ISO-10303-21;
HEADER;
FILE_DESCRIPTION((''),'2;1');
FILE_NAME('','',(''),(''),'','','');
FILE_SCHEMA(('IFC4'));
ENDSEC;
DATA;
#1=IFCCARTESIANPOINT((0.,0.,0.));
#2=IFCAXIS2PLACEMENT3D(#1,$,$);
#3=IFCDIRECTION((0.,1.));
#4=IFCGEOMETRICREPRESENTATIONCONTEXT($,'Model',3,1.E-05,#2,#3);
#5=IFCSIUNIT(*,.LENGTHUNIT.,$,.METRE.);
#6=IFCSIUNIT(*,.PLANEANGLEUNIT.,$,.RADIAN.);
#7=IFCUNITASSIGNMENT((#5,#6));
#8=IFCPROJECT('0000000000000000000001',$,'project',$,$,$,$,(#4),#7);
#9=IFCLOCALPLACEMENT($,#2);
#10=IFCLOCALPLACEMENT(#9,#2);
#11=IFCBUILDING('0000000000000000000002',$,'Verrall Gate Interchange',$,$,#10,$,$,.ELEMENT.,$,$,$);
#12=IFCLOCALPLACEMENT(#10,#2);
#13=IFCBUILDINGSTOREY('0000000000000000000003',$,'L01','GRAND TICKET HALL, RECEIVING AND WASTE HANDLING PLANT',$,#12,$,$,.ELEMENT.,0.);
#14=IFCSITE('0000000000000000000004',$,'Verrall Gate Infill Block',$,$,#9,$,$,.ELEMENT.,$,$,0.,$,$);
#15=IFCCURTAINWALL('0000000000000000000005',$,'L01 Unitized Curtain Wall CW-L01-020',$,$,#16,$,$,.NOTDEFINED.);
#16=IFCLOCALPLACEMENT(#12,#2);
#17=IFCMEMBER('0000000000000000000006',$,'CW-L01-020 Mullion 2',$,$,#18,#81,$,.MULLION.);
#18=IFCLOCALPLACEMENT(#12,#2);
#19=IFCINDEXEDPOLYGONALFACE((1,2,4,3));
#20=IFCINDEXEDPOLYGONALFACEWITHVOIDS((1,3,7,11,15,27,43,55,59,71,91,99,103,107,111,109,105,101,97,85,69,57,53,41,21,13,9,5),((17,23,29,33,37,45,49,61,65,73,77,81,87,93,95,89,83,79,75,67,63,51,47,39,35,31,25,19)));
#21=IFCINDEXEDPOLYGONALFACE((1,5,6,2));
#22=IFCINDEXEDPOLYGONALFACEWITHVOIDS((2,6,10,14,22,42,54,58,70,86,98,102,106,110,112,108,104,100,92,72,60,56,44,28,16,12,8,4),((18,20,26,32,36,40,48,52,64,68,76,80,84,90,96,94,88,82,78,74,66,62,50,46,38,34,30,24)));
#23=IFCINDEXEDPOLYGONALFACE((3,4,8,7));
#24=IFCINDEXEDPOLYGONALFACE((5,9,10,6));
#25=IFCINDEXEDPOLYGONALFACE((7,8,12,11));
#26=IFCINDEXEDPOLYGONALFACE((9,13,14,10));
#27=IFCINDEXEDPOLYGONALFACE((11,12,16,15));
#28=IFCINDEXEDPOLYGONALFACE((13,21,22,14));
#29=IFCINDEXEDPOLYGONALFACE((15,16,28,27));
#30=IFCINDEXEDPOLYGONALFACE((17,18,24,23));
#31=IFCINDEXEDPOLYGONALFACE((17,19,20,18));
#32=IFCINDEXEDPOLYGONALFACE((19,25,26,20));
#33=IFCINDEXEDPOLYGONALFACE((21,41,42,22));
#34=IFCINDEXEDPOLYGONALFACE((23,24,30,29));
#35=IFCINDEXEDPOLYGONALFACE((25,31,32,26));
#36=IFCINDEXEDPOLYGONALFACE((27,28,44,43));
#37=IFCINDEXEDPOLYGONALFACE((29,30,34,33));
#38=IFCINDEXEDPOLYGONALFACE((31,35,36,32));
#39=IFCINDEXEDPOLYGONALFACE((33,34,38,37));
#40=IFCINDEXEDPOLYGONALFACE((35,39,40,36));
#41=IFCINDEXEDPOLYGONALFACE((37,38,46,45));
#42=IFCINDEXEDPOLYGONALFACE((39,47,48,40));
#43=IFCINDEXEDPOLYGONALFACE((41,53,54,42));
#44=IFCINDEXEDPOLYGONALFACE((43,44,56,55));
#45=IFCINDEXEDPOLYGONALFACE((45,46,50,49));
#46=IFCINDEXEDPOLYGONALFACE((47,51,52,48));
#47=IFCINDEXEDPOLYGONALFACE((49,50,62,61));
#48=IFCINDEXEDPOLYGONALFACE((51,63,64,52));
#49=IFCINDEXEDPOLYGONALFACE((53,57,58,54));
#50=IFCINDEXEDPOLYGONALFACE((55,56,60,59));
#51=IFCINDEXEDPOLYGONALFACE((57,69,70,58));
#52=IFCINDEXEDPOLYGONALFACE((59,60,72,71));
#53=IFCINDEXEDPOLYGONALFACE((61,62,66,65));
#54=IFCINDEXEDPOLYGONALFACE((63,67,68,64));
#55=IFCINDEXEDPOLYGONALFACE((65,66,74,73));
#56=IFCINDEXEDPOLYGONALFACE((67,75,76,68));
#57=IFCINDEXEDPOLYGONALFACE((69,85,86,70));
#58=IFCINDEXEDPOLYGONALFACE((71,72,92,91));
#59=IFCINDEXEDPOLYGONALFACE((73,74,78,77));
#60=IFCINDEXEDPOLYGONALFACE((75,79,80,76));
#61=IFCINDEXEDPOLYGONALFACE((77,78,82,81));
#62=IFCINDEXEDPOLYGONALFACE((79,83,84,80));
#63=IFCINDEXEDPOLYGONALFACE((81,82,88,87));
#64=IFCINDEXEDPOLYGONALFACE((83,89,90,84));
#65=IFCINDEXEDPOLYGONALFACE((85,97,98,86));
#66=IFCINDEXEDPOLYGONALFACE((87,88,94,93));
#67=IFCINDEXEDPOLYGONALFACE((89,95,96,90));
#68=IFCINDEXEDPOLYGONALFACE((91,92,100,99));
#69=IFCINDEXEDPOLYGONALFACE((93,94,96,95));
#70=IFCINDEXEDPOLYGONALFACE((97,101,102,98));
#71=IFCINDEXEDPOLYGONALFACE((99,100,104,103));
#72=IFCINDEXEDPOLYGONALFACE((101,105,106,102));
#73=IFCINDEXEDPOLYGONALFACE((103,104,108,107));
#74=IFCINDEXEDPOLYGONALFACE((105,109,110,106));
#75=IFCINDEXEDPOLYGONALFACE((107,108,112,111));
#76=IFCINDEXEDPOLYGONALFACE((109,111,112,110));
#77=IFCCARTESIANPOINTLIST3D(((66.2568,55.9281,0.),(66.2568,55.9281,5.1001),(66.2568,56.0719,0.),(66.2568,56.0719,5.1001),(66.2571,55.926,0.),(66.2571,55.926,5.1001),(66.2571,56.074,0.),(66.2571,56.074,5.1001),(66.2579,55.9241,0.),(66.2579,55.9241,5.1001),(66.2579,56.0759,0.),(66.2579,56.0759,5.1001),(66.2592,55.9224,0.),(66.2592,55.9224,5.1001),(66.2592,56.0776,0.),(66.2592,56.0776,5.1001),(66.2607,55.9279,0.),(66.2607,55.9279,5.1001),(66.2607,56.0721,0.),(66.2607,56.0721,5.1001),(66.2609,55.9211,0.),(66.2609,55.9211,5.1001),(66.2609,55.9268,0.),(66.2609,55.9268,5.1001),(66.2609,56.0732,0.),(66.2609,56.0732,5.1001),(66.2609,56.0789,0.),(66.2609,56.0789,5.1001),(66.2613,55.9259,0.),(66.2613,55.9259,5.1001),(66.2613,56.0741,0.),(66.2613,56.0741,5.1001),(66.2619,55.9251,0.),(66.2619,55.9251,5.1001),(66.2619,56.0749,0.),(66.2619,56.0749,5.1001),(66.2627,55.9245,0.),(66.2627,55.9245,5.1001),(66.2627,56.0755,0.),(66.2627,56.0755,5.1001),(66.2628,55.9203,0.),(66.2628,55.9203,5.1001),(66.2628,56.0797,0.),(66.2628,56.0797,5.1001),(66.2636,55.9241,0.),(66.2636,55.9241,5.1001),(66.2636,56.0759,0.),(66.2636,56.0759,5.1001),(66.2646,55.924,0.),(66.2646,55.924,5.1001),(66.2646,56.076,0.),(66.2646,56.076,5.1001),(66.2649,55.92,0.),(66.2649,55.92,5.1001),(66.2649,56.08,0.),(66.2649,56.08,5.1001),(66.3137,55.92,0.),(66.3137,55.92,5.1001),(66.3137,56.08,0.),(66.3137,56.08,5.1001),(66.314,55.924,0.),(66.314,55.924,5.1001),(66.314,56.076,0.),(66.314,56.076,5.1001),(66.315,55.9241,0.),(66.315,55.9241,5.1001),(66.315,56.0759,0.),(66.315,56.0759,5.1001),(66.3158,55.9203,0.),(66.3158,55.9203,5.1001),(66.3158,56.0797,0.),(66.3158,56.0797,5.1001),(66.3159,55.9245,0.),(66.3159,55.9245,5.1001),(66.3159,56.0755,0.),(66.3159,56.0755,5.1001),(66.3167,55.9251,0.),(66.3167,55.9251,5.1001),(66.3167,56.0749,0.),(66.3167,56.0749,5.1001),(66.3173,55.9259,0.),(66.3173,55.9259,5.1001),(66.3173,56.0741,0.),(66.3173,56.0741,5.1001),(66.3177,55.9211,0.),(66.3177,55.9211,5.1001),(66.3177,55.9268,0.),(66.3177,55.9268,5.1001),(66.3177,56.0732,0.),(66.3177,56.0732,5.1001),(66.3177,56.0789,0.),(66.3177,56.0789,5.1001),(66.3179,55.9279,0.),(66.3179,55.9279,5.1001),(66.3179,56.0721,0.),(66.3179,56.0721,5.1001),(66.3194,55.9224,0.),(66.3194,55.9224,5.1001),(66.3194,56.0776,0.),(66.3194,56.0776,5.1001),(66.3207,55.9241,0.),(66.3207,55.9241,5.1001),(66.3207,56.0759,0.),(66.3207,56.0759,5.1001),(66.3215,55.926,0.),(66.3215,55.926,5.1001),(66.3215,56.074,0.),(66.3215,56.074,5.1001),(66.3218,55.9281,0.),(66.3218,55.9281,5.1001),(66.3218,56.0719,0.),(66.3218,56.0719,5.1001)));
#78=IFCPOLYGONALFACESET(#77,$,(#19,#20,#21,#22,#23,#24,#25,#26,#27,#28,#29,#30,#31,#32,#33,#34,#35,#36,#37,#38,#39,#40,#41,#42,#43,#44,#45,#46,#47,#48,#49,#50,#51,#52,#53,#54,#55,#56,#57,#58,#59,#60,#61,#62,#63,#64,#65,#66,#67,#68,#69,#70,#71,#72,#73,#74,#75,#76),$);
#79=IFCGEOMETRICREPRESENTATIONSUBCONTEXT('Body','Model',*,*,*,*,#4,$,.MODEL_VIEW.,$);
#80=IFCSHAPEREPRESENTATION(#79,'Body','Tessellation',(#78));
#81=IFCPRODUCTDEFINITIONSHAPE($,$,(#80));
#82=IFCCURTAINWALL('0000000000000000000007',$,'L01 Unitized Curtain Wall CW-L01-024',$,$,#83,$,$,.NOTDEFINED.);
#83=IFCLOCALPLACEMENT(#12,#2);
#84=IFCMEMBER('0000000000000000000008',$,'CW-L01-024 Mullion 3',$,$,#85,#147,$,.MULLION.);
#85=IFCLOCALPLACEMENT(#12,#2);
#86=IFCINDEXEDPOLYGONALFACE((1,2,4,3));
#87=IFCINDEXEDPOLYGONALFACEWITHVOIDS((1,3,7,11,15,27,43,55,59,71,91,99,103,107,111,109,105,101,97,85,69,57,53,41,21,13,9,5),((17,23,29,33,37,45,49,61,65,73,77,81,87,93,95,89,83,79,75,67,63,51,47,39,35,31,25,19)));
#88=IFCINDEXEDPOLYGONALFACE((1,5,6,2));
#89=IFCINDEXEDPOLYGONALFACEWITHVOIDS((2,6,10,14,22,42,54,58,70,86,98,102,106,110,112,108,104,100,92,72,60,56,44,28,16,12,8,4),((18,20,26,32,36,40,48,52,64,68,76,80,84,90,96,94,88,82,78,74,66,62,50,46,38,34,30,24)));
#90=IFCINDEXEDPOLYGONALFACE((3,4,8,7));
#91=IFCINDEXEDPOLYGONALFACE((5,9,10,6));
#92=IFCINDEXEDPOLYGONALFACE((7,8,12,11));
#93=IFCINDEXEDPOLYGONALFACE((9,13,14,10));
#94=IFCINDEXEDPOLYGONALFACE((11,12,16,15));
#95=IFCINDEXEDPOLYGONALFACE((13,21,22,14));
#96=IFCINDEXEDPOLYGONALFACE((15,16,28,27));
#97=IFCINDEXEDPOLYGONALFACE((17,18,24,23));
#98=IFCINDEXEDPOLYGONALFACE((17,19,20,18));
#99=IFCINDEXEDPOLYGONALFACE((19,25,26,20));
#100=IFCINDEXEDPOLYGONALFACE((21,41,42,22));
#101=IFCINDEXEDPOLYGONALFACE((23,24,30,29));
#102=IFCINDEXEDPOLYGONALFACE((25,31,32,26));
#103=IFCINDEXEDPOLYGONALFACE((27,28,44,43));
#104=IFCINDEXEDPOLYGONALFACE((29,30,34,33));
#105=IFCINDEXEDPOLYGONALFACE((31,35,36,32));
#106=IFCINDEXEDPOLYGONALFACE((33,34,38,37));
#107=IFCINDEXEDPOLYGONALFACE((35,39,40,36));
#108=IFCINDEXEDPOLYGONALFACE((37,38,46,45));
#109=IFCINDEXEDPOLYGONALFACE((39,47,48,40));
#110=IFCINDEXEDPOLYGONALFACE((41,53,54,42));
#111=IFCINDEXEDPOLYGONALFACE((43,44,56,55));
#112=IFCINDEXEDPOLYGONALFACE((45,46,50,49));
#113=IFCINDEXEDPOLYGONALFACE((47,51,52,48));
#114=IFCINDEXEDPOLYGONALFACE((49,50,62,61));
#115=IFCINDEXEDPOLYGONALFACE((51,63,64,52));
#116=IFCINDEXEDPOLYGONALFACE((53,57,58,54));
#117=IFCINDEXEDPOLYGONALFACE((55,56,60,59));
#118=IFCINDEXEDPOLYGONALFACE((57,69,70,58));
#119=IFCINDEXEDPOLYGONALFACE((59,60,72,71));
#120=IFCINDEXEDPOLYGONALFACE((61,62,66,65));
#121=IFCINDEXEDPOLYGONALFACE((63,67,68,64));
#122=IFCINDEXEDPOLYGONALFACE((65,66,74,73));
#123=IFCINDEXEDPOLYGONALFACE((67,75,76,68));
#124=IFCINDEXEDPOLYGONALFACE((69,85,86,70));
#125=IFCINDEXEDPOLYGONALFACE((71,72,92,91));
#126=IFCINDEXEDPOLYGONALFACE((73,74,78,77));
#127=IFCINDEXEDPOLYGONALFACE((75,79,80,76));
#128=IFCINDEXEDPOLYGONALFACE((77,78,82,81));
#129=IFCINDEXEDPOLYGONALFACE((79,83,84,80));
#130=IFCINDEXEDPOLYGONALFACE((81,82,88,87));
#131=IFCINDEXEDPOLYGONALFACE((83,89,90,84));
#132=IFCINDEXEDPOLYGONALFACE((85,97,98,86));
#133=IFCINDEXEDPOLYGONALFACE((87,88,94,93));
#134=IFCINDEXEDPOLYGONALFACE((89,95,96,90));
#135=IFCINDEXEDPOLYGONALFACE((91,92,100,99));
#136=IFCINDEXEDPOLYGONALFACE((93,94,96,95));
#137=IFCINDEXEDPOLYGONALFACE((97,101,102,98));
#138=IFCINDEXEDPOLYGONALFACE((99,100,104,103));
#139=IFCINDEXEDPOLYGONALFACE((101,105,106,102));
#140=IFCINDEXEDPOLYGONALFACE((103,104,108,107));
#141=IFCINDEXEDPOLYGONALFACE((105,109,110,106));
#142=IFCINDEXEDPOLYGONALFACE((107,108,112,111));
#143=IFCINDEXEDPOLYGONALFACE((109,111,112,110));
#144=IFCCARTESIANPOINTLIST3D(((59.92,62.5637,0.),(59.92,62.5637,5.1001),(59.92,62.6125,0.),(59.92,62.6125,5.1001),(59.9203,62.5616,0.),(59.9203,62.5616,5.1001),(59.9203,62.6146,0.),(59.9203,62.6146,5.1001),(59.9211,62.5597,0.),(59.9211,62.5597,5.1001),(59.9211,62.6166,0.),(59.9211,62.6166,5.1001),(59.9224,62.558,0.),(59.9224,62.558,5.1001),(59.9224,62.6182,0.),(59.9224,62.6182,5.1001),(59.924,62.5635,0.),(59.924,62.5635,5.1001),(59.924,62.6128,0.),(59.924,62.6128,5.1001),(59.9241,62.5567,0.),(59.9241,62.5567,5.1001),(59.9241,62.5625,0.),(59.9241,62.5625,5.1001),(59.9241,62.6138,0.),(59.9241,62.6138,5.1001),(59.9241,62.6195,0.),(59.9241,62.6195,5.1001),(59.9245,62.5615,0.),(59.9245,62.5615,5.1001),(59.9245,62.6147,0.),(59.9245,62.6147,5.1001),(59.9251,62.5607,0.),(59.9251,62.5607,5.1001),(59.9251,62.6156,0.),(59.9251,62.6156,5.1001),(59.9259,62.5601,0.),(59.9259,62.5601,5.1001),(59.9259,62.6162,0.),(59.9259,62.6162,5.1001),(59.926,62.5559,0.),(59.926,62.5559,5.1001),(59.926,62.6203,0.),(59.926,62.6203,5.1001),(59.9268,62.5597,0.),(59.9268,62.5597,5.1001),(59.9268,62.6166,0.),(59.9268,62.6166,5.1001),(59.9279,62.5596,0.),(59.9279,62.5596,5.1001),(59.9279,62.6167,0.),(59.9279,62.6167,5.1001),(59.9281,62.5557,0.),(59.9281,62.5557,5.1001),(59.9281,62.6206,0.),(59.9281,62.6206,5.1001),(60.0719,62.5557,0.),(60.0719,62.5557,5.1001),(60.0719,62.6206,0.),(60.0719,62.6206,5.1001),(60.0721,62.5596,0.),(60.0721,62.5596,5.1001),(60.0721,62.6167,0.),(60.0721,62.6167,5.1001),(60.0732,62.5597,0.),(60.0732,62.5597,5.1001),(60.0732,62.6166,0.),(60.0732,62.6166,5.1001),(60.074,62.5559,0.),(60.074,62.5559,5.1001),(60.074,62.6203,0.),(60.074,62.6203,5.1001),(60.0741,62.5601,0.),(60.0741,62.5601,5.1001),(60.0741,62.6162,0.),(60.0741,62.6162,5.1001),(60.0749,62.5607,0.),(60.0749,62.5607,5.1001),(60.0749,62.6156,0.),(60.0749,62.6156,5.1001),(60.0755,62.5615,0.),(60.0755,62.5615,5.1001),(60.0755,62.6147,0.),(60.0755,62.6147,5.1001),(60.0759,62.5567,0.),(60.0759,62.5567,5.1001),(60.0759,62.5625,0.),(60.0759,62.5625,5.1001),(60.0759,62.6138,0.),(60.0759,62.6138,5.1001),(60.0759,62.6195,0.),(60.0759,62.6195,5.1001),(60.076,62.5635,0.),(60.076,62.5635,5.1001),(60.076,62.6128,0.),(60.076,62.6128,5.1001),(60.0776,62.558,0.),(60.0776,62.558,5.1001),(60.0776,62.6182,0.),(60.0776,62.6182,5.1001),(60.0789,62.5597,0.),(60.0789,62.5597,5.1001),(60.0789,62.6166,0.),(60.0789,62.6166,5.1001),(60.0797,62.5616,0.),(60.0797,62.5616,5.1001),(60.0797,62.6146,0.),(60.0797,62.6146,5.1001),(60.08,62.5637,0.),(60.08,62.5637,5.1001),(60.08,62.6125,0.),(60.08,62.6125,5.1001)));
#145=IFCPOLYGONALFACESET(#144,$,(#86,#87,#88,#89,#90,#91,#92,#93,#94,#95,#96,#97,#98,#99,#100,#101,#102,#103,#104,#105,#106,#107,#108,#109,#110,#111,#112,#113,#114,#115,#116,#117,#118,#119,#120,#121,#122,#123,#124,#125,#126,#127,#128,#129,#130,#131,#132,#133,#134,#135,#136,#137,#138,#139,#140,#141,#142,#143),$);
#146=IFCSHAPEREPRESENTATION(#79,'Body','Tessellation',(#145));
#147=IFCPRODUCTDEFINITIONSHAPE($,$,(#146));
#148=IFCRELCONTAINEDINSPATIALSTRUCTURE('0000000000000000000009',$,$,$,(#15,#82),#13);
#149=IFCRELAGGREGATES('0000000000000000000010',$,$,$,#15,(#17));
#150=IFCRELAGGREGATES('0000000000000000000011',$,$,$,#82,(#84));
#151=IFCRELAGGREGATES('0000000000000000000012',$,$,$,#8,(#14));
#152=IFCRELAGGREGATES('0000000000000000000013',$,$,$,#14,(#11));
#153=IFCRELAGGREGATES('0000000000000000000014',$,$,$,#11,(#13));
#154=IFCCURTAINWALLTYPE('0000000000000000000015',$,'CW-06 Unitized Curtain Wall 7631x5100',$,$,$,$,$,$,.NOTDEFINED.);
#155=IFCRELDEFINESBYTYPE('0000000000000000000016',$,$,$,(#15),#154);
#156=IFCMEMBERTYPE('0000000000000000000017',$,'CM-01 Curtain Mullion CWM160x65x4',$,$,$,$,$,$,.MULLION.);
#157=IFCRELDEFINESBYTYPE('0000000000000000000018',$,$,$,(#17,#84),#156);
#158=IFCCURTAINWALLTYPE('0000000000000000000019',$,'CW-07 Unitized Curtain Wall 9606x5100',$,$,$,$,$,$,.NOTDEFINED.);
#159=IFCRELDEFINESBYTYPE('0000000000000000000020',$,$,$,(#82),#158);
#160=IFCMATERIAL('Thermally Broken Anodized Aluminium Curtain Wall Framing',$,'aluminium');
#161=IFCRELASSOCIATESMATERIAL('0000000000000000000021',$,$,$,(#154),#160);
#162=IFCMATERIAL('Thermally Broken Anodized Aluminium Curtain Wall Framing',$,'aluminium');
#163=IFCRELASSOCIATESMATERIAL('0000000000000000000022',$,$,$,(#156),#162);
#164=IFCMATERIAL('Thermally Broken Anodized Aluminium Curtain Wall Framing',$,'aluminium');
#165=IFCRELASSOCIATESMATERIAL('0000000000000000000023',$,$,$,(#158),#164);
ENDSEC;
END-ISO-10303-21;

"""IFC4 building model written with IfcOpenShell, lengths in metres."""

from ifc_helpers import new_model, si_unit, direction, frame, origin, origin_2d, place, context, subcontext, project, spatial, hollow_rectangle, extrude, material, material_profile, profile_set, type_object, element, aggregate, save


model = new_model("IFC4")

# Units and contexts
model_context = context("Model", 3, precision=1e-05, world=origin(), true_north=direction((0.0, 1.0)))
body_context = subcontext(model_context, "Body", "Model", "MODEL_VIEW")
ifc_project = project(units=[si_unit("LENGTHUNIT", "METRE"), si_unit("PLANEANGLEUNIT", "RADIAN")], contexts=[model_context])

# Site, building, storey
site_placement = place(None, origin())
site = spatial("IfcSite", under=ifc_project, at=site_placement, Name="Verrall Gate Infill Block", CompositionType="ELEMENT", RefElevation=0.0)
building_placement = place(site_placement, origin())
building = spatial("IfcBuilding", under=site, at=building_placement, Name="Verrall Gate Interchange", CompositionType="ELEMENT")
storey_placement = place(building_placement, origin())
storey = spatial("IfcBuildingStorey", under=building, at=storey_placement, Name="L01", Description="GRAND TICKET HALL, RECEIVING AND WASTE HANDLING PLANT", CompositionType="ELEMENT", Elevation=0.0)

# Curtain wall, member
ifc_material_1 = material(Name="Thermally Broken Anodized Aluminium Curtain Wall Framing", Category="aluminium")
curtain_wall_type_1 = type_object("IfcCurtainWallType", Name="CW-06 Unitized Curtain Wall 7631x5100", PredefinedType="NOTDEFINED", material=ifc_material_1)
curtain_wall_1_placement = place(storey_placement, origin())
curtain_wall_1 = element("IfcCurtainWall", 1, at=curtain_wall_1_placement, inside=storey, type_object=curtain_wall_type_1, Name="L01 Unitized Curtain Wall CW-L01-020", PredefinedType="NOTDEFINED")
ifc_material_2 = material(Name="Thermally Broken Anodized Aluminium Curtain Wall Framing", Category="aluminium")
ifc_material_profile = material_profile(ifc_material_2, hollow_rectangle(XDim=0.0649, YDim=0.1599, WallThickness=0.0039, InnerFilletRadius=0.0039, OuterFilletRadius=0.0081, at=origin_2d()), Name="CWM160x65x4")
ifc_profile_set = profile_set([ifc_material_profile], Name="Thermally Broken Anodized Aluminium Curtain Wall Framing")
member_type = type_object("IfcMemberType", Name="CM-01 Curtain Mullion CWM160x65x4", PredefinedType="MULLION", material=ifc_profile_set)
member_1_placement = place(storey_placement, frame((66.2893, 56.0, 0.0), z_axis=(0.0, 0.0, 1.0), x_axis=(-1.0, 0.0, 0.0)))
member_1 = element("IfcMember", 2, at=member_1_placement, type_object=member_type, Name="CW-L01-020 Mullion 2", PredefinedType="MULLION", context=body_context, shape_type="SweptSolid", body=[
    extrude(hollow_rectangle(XDim=0.0649, YDim=0.1599, WallThickness=0.0039, InnerFilletRadius=0.0039, OuterFilletRadius=0.0081, at=origin_2d()), origin(), (0.0, 0.0, 1.0), 5.1001),
])

# Curtain wall, member
ifc_material_3 = material(Name="Thermally Broken Anodized Aluminium Curtain Wall Framing", Category="aluminium")
curtain_wall_type_2 = type_object("IfcCurtainWallType", Name="CW-07 Unitized Curtain Wall 9606x5100", PredefinedType="NOTDEFINED", material=ifc_material_3)
curtain_wall_2_placement = place(storey_placement, origin())
curtain_wall_2 = element("IfcCurtainWall", 3, at=curtain_wall_2_placement, inside=storey, type_object=curtain_wall_type_2, Name="L01 Unitized Curtain Wall CW-L01-024", PredefinedType="NOTDEFINED")
member_2_placement = place(storey_placement, frame((60.0, 62.5881, 0.0), z_axis=(0.0, 0.0, 1.0), x_axis=(0.0, -1.0, 0.0)))
member_2 = element("IfcMember", 4, at=member_2_placement, type_object=member_type, Name="CW-L01-024 Mullion 3", PredefinedType="MULLION", context=body_context, shape_type="SweptSolid", body=[
    extrude(hollow_rectangle(XDim=0.0649, YDim=0.1599, WallThickness=0.0039, InnerFilletRadius=0.0039, OuterFilletRadius=0.0081, at=origin_2d()), origin(), (0.0, 0.0, 1.0), 5.1001),
])

aggregate(curtain_wall_1, [member_1])
aggregate(curtain_wall_2, [member_2])

save(model, "model.ifc")
